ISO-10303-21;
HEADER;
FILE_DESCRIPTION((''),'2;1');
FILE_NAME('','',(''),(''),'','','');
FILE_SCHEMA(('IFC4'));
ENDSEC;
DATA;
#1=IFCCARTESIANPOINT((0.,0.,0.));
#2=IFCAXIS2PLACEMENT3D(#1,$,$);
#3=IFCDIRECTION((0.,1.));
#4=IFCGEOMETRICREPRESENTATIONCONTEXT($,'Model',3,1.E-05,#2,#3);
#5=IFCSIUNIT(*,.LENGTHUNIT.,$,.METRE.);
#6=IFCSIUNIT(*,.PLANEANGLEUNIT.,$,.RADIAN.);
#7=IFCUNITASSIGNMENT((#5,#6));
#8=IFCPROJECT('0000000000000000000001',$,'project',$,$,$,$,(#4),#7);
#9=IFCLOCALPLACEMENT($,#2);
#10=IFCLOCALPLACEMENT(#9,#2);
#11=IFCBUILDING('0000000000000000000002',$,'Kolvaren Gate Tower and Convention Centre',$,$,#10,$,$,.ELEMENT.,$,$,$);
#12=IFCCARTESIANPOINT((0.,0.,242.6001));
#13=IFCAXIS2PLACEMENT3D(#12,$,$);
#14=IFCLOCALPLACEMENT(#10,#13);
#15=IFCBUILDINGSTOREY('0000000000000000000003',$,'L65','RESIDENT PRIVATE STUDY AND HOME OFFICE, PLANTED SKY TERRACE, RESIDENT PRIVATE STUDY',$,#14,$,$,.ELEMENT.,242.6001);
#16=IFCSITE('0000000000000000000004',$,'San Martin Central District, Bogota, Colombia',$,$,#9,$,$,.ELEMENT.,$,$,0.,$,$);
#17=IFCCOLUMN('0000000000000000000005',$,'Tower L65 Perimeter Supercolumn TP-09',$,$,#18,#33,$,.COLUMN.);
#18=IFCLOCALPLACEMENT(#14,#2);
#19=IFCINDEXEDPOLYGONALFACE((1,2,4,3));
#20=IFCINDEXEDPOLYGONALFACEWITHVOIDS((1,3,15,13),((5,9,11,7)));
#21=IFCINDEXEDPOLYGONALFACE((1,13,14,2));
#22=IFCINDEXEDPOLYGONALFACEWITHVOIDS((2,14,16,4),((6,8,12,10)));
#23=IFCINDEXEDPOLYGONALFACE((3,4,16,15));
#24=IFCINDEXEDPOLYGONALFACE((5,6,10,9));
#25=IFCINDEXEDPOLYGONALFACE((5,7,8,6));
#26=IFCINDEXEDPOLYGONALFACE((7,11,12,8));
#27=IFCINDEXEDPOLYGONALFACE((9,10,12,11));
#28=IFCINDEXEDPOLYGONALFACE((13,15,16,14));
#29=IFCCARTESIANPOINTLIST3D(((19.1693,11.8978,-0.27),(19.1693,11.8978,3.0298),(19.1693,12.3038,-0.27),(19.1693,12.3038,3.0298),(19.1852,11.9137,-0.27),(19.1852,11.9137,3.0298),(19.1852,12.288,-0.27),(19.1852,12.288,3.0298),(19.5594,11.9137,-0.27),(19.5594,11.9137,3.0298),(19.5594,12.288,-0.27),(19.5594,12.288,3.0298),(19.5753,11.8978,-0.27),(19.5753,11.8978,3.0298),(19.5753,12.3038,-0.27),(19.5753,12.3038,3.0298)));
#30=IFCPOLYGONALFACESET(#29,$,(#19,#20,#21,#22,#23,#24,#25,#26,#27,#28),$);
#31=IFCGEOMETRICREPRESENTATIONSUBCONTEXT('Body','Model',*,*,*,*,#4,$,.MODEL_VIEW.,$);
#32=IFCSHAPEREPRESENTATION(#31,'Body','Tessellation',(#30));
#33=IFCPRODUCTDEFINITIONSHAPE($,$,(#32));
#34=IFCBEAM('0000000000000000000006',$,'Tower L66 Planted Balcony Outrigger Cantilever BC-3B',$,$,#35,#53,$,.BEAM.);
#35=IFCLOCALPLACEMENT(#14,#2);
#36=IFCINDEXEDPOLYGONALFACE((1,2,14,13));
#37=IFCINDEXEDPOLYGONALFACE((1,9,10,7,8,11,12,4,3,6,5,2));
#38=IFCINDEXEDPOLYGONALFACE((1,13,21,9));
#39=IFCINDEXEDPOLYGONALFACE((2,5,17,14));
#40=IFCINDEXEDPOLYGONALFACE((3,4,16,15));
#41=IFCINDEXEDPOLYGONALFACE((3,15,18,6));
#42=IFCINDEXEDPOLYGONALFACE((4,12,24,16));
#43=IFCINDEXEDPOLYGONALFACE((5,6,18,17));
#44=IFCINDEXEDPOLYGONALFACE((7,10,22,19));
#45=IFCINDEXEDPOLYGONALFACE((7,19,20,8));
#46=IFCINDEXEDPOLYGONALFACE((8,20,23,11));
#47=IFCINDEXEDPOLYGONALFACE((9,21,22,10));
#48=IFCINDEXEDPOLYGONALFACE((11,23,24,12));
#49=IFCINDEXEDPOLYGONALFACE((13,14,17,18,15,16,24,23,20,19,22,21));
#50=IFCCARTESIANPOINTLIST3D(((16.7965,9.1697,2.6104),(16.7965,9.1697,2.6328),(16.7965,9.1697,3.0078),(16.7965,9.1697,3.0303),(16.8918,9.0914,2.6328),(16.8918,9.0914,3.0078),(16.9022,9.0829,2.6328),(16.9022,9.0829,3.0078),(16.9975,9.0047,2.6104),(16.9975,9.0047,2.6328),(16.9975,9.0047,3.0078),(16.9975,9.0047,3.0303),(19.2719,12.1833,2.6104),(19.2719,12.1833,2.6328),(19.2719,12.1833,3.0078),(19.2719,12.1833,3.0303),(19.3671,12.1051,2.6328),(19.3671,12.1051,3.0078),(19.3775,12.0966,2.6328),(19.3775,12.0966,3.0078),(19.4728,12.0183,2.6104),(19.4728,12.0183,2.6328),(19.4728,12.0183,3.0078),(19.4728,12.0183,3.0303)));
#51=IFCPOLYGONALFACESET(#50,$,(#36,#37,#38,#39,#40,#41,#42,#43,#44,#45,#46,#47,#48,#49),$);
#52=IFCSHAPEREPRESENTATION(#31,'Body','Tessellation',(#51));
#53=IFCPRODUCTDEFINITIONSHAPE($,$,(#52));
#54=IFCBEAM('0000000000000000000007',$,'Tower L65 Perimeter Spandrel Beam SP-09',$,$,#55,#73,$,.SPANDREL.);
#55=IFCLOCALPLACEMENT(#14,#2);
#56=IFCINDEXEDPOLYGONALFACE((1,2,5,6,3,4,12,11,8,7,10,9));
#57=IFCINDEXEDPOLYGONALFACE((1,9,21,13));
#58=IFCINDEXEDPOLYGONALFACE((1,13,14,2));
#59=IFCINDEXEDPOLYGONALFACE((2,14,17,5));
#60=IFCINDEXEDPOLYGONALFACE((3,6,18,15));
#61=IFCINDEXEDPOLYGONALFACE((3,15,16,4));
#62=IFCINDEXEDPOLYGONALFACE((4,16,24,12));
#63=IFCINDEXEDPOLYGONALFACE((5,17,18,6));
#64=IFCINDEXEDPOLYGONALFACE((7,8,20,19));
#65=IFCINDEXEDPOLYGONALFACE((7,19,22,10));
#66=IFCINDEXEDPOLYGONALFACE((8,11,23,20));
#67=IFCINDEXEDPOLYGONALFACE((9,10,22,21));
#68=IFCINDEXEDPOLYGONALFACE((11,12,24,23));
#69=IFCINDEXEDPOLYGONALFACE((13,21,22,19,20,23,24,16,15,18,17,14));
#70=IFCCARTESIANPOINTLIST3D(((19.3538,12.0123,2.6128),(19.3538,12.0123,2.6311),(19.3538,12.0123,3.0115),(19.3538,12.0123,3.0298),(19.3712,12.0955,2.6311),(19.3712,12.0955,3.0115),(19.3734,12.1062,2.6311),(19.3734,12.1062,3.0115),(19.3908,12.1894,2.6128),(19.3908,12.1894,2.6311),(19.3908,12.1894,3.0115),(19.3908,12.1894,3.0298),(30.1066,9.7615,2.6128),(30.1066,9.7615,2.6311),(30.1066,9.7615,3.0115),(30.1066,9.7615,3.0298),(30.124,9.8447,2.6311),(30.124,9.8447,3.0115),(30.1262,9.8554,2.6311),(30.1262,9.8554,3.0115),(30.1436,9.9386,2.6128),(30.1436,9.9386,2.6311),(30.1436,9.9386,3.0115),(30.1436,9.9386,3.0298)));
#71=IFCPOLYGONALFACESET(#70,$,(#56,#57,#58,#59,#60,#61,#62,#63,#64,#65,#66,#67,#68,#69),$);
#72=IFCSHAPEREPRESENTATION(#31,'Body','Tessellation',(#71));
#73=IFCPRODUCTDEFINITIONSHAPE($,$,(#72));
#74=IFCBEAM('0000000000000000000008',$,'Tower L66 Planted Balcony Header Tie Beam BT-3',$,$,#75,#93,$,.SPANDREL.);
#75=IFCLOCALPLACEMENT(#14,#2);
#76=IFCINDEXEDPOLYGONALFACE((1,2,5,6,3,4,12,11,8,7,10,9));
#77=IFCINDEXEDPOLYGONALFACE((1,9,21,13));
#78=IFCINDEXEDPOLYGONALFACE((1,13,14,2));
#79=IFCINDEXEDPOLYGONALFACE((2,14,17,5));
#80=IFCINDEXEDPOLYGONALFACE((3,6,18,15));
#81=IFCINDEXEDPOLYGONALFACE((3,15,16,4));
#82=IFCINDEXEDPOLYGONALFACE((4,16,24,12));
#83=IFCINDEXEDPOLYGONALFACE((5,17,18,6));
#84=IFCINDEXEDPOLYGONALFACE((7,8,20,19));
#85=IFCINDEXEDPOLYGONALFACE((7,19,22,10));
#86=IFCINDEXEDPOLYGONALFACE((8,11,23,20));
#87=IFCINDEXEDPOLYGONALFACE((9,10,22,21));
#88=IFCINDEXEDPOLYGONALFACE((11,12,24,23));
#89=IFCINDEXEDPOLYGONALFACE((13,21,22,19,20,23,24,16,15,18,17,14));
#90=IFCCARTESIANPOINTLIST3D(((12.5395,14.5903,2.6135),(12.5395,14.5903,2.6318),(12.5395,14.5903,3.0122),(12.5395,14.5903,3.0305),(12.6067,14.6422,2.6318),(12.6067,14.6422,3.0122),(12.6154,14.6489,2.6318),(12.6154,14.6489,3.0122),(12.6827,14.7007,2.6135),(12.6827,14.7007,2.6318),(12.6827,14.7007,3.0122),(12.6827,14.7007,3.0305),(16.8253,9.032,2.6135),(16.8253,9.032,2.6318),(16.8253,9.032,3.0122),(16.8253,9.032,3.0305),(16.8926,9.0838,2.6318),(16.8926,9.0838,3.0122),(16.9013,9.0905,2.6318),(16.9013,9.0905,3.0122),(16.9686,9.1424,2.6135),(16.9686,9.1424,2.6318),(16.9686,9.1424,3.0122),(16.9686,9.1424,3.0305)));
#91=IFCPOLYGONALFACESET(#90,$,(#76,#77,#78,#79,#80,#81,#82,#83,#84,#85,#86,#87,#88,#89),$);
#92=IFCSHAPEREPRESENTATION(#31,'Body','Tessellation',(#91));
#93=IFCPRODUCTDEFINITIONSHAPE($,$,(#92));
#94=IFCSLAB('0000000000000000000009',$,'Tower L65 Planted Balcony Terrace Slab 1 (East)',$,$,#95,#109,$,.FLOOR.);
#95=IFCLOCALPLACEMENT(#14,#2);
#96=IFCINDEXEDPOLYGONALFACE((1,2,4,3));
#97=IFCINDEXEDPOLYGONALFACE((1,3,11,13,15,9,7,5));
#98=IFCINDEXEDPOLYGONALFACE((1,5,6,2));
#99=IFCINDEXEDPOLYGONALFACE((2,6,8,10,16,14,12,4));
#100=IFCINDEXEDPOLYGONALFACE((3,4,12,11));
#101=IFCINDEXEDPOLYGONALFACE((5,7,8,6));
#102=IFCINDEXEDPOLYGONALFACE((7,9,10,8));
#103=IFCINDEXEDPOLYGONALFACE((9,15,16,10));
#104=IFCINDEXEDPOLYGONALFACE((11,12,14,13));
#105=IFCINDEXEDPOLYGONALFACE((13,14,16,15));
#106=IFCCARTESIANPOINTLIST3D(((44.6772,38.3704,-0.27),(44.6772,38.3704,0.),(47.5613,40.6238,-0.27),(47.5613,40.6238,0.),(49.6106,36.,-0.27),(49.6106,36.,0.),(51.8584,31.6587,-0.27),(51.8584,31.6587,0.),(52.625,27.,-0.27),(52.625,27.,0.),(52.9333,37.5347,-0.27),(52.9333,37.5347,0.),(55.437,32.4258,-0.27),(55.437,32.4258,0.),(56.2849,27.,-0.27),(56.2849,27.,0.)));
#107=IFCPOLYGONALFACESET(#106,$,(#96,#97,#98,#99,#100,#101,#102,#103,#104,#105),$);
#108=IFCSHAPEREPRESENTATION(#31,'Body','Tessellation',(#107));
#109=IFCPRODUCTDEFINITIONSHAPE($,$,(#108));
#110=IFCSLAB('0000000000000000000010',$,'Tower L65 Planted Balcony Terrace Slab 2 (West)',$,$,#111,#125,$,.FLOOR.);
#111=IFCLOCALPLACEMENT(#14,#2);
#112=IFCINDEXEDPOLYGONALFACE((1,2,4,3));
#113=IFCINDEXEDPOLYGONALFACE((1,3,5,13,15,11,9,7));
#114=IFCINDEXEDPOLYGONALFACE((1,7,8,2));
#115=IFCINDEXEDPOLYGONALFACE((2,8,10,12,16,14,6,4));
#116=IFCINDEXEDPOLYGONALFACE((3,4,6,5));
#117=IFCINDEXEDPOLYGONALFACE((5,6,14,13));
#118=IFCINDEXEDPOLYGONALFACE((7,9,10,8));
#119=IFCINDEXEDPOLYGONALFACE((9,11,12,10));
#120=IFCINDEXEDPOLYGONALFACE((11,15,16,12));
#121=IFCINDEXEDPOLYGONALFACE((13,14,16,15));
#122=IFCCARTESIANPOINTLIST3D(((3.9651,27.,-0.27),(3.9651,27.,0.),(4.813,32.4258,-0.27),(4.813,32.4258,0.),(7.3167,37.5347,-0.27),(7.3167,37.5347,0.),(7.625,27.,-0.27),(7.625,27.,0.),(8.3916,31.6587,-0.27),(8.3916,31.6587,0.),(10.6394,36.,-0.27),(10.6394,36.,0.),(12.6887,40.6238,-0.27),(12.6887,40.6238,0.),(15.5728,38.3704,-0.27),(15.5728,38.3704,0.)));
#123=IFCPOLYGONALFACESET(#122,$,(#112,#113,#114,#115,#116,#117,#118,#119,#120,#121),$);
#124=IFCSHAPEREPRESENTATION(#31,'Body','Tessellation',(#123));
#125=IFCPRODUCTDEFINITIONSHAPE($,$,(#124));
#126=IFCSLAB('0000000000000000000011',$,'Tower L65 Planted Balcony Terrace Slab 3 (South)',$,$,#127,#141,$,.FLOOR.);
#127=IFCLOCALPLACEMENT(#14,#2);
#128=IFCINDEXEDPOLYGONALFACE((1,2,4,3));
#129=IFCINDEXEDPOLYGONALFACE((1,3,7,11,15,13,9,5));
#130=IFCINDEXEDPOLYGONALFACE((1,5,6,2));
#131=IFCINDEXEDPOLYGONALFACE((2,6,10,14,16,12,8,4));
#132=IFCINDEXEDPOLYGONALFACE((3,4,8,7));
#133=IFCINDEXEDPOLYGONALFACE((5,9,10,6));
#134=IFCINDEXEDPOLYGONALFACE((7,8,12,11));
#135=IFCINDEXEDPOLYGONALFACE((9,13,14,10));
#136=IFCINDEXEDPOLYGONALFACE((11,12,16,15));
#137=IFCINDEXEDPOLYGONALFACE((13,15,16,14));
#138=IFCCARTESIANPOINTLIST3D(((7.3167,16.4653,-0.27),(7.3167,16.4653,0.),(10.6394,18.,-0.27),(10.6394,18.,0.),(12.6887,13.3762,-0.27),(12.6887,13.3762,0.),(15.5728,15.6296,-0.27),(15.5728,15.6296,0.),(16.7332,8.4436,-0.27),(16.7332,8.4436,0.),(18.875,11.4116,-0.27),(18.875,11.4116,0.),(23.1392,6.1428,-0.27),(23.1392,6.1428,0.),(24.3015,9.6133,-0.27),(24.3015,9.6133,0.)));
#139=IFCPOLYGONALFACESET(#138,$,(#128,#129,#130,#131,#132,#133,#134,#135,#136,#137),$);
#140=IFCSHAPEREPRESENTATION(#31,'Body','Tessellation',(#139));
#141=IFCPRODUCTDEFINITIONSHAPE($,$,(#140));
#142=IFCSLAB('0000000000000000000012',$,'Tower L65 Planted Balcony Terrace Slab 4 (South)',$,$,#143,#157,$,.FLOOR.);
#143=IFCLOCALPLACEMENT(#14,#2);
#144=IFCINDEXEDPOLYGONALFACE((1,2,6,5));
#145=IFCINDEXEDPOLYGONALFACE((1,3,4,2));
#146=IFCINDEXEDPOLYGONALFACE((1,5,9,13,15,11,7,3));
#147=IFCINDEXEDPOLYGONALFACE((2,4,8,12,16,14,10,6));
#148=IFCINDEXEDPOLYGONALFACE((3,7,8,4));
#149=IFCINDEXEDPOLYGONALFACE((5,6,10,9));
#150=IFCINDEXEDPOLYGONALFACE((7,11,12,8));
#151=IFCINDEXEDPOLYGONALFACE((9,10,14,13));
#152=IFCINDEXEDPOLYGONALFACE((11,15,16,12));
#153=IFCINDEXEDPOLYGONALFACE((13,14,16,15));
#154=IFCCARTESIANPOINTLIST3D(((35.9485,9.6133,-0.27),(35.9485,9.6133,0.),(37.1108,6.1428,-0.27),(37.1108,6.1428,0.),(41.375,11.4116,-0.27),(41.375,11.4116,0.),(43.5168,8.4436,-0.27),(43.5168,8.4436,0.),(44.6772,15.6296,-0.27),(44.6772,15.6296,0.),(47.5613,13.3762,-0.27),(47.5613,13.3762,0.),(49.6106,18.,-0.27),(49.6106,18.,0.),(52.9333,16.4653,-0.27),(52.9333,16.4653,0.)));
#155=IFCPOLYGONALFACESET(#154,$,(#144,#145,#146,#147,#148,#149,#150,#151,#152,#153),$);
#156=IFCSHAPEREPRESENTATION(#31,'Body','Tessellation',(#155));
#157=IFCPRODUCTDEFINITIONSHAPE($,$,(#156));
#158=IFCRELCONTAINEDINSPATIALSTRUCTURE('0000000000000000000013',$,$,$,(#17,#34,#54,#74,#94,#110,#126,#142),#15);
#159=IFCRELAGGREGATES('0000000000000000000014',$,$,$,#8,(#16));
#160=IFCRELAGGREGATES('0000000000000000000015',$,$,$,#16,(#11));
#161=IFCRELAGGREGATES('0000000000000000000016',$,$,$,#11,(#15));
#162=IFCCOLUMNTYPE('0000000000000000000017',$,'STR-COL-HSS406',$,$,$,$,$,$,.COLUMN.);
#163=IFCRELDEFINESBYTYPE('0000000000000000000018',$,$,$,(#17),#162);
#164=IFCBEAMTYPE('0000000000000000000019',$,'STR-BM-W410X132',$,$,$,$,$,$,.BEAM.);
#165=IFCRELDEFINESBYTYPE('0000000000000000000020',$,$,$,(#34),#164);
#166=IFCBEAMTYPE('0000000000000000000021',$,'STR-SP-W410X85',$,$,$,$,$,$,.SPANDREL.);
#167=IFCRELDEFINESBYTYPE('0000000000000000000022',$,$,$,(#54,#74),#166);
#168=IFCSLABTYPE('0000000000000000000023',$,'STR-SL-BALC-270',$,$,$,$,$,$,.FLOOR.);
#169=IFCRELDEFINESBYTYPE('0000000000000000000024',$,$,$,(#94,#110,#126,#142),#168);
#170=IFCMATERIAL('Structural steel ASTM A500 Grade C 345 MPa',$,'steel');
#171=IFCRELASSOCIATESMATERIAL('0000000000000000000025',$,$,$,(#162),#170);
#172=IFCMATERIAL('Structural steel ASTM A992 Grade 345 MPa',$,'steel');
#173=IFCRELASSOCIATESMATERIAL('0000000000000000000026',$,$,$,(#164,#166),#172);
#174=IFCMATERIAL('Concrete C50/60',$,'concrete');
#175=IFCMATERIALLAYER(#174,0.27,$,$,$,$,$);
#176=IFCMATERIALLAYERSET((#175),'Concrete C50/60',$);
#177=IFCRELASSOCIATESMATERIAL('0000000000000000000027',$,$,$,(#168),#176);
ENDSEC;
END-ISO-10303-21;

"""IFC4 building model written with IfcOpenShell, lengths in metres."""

from ifc_helpers import new_model, si_unit, direction, frame, origin, origin_2d, place, context, subcontext, project, spatial, polyline, hollow_rectangle, i_section, outline, extrude, material, layer, layer_set, material_profile, profile_set, type_object, element, save


model = new_model("IFC4")

# Units and contexts
model_context = context("Model", 3, precision=1e-05, world=origin(), true_north=direction((0.0, 1.0)))
body_context = subcontext(model_context, "Body", "Model", "MODEL_VIEW")
ifc_project = project(units=[si_unit("LENGTHUNIT", "METRE"), si_unit("PLANEANGLEUNIT", "RADIAN")], contexts=[model_context])

# Site, building, storey
site_placement = place(None, origin())
site = spatial("IfcSite", under=ifc_project, at=site_placement, Name="San Martin Central District, Bogota, Colombia", CompositionType="ELEMENT", RefElevation=0.0)
building_placement = place(site_placement, origin())
building = spatial("IfcBuilding", under=site, at=building_placement, Name="Kolvaren Gate Tower and Convention Centre", CompositionType="ELEMENT")
storey_placement = place(building_placement, frame((0.0, 0.0, 242.6001)))
storey = spatial("IfcBuildingStorey", under=building, at=storey_placement, Name="L65", Description="RESIDENT PRIVATE STUDY AND HOME OFFICE, PLANTED SKY TERRACE, RESIDENT PRIVATE STUDY", CompositionType="ELEMENT", Elevation=242.6001)

# Column
ifc_material_1 = material(Name="Structural steel ASTM A500 Grade C 345 MPa", Category="steel")
ifc_material_profile_1 = material_profile(ifc_material_1, hollow_rectangle(XDim=0.406, YDim=0.406, WallThickness=0.0159, at=origin_2d()), Name="HSS406X406X15.9")
ifc_profile_set_1 = profile_set([ifc_material_profile_1], Name="Structural steel ASTM A500 Grade C 345 MPa")
column_type = type_object("IfcColumnType", Name="STR-COL-HSS406", PredefinedType="COLUMN", material=ifc_profile_set_1)
column_placement = place(storey_placement, frame((19.3723, 12.1008, -0.27), z_axis=(0.0, 0.0, 1.0), x_axis=(1.0, 0.0, 0.0)))
element("IfcColumn", 1, at=column_placement, inside=storey, type_object=column_type, Name="Tower L65 Perimeter Supercolumn TP-09", PredefinedType="COLUMN", context=body_context, shape_type="SweptSolid", body=[
    extrude(hollow_rectangle(XDim=0.406, YDim=0.406, WallThickness=0.0159, at=origin_2d()), origin(), (0.0, 0.0, 1.0), 3.2998),
])

# Beams
ifc_material_2 = material(Name="Structural steel ASTM A992 Grade 345 MPa", Category="steel")
ifc_material_profile_2 = material_profile(ifc_material_2, i_section(OverallWidth=0.26, OverallDepth=0.4199, WebThickness=0.0134, FlangeThickness=0.0225, at=origin_2d()), Name="W410X132")
ifc_profile_set_2 = profile_set([ifc_material_profile_2], Name="Structural steel ASTM A992 Grade 345 MPa")
beam_type_1 = type_object("IfcBeamType", Name="STR-BM-W410X132", PredefinedType="BEAM", material=ifc_profile_set_2)
beam_1_placement = place(storey_placement, frame((19.3723, 12.1008, 2.8203), z_axis=(-0.634713, -0.772748, 0.0), x_axis=(0.772748, -0.634713, 0.0)))
element("IfcBeam", 2, at=beam_1_placement, inside=storey, type_object=beam_type_1, Name="Tower L66 Planted Balcony Outrigger Cantilever BC-3B", PredefinedType="BEAM", context=body_context, shape_type="SweptSolid", body=[
    extrude(i_section(OverallWidth=0.26, OverallDepth=0.4199, WebThickness=0.0134, FlangeThickness=0.0225, at=origin_2d()), origin(), (0.0, 0.0, 1.0), 3.8999),
])
ifc_material_profile_3 = material_profile(ifc_material_2, i_section(OverallWidth=0.1809, OverallDepth=0.417, WebThickness=0.011, FlangeThickness=0.0183, at=origin_2d()), Name="W410X85")
ifc_profile_set_3 = profile_set([ifc_material_profile_3], Name="Structural steel ASTM A992 Grade 345 MPa")
beam_type_2 = type_object("IfcBeamType", Name="STR-SP-W410X85", PredefinedType="SPANDREL", material=ifc_profile_set_3)
beam_2_placement = place(storey_placement, frame((19.3723, 12.1008, 2.8213), z_axis=(0.978788, -0.204878, 0.0), x_axis=(0.204878, 0.978788, 0.0)))
element("IfcBeam", 3, at=beam_2_placement, inside=storey, type_object=beam_type_2, Name="Tower L65 Perimeter Spandrel Beam SP-09", PredefinedType="SPANDREL", context=body_context, shape_type="SweptSolid", body=[
    extrude(i_section(OverallWidth=0.1809, OverallDepth=0.417, WebThickness=0.011, FlangeThickness=0.0183, at=origin_2d()), origin(), (0.0, 0.0, 1.0), 10.9858),
])
beam_3_placement = place(storey_placement, frame((12.6111, 14.6455, 2.822), z_axis=(0.610626, -0.791919, 0.0), x_axis=(0.791919, 0.610626, 0.0)))
element("IfcBeam", 4, at=beam_3_placement, inside=storey, type_object=beam_type_2, Name="Tower L66 Planted Balcony Header Tie Beam BT-3", PredefinedType="SPANDREL", context=body_context, shape_type="SweptSolid", body=[
    extrude(i_section(OverallWidth=0.1809, OverallDepth=0.417, WebThickness=0.011, FlangeThickness=0.0183, at=origin_2d()), origin(), (0.0, 0.0, 1.0), 7.0188),
])

# Slabs
ifc_material_3 = material(Name="Concrete C50/60", Category="concrete")
ifc_layer_1 = layer(ifc_material_3, 0.27)
ifc_layer_set_1 = layer_set([ifc_layer_1], Name="Concrete C50/60")
slab_type_1 = type_object("IfcSlabType", Name="STR-SL-BALC-270", PredefinedType="FLOOR", material=ifc_layer_set_1)
slab_1_placement = place(storey_placement, frame((0.0, 0.0, -0.27)))
element("IfcSlab", 5, at=slab_1_placement, inside=storey, type_object=slab_type_1, Name="Tower L65 Planted Balcony Terrace Slab 1 (East)", PredefinedType="FLOOR", context=body_context, shape_type="SweptSolid", body=[
    extrude(outline(polyline([(52.625, 27.0), (51.8584, 31.6587), (49.6106, 36.0), (44.6772, 38.3704), (47.5613, 40.6238), (52.9333, 37.5347), (55.437, 32.4258), (56.2849, 27.0), (52.625, 27.0)])), origin(), (0.0, 0.0, 1.0), 0.27),
])
slab_2_placement = place(storey_placement, frame((0.0, 0.0, -0.27)))
element("IfcSlab", 6, at=slab_2_placement, inside=storey, type_object=slab_type_1, Name="Tower L65 Planted Balcony Terrace Slab 2 (West)", PredefinedType="FLOOR", context=body_context, shape_type="SweptSolid", body=[
    extrude(outline(polyline([(15.5728, 38.3704), (10.6394, 36.0), (8.3916, 31.6587), (7.625, 27.0), (3.9651, 27.0), (4.813, 32.4258), (7.3167, 37.5347), (12.6887, 40.6238), (15.5728, 38.3704)])), origin(), (0.0, 0.0, 1.0), 0.27),
])
slab_3_placement = place(storey_placement, frame((0.0, 0.0, -0.27)))
element("IfcSlab", 7, at=slab_3_placement, inside=storey, type_object=slab_type_1, Name="Tower L65 Planted Balcony Terrace Slab 3 (South)", PredefinedType="FLOOR", context=body_context, shape_type="SweptSolid", body=[
    extrude(outline(polyline([(10.6394, 18.0), (15.5728, 15.6296), (18.875, 11.4116), (24.3015, 9.6133), (23.1392, 6.1428), (16.7332, 8.4436), (12.6887, 13.3762), (7.3167, 16.4653), (10.6394, 18.0)])), origin(), (0.0, 0.0, 1.0), 0.27),
])
slab_4_placement = place(storey_placement, frame((0.0, 0.0, -0.27)))
element("IfcSlab", 8, at=slab_4_placement, inside=storey, type_object=slab_type_1, Name="Tower L65 Planted Balcony Terrace Slab 4 (South)", PredefinedType="FLOOR", context=body_context, shape_type="SweptSolid", body=[
    extrude(outline(polyline([(35.9485, 9.6133), (41.375, 11.4116), (44.6772, 15.6296), (49.6106, 18.0), (52.9333, 16.4653), (47.5613, 13.3762), (43.5168, 8.4436), (37.1108, 6.1428), (35.9485, 9.6133)])), origin(), (0.0, 0.0, 1.0), 0.27),
])

save(model, "model.ifc")
